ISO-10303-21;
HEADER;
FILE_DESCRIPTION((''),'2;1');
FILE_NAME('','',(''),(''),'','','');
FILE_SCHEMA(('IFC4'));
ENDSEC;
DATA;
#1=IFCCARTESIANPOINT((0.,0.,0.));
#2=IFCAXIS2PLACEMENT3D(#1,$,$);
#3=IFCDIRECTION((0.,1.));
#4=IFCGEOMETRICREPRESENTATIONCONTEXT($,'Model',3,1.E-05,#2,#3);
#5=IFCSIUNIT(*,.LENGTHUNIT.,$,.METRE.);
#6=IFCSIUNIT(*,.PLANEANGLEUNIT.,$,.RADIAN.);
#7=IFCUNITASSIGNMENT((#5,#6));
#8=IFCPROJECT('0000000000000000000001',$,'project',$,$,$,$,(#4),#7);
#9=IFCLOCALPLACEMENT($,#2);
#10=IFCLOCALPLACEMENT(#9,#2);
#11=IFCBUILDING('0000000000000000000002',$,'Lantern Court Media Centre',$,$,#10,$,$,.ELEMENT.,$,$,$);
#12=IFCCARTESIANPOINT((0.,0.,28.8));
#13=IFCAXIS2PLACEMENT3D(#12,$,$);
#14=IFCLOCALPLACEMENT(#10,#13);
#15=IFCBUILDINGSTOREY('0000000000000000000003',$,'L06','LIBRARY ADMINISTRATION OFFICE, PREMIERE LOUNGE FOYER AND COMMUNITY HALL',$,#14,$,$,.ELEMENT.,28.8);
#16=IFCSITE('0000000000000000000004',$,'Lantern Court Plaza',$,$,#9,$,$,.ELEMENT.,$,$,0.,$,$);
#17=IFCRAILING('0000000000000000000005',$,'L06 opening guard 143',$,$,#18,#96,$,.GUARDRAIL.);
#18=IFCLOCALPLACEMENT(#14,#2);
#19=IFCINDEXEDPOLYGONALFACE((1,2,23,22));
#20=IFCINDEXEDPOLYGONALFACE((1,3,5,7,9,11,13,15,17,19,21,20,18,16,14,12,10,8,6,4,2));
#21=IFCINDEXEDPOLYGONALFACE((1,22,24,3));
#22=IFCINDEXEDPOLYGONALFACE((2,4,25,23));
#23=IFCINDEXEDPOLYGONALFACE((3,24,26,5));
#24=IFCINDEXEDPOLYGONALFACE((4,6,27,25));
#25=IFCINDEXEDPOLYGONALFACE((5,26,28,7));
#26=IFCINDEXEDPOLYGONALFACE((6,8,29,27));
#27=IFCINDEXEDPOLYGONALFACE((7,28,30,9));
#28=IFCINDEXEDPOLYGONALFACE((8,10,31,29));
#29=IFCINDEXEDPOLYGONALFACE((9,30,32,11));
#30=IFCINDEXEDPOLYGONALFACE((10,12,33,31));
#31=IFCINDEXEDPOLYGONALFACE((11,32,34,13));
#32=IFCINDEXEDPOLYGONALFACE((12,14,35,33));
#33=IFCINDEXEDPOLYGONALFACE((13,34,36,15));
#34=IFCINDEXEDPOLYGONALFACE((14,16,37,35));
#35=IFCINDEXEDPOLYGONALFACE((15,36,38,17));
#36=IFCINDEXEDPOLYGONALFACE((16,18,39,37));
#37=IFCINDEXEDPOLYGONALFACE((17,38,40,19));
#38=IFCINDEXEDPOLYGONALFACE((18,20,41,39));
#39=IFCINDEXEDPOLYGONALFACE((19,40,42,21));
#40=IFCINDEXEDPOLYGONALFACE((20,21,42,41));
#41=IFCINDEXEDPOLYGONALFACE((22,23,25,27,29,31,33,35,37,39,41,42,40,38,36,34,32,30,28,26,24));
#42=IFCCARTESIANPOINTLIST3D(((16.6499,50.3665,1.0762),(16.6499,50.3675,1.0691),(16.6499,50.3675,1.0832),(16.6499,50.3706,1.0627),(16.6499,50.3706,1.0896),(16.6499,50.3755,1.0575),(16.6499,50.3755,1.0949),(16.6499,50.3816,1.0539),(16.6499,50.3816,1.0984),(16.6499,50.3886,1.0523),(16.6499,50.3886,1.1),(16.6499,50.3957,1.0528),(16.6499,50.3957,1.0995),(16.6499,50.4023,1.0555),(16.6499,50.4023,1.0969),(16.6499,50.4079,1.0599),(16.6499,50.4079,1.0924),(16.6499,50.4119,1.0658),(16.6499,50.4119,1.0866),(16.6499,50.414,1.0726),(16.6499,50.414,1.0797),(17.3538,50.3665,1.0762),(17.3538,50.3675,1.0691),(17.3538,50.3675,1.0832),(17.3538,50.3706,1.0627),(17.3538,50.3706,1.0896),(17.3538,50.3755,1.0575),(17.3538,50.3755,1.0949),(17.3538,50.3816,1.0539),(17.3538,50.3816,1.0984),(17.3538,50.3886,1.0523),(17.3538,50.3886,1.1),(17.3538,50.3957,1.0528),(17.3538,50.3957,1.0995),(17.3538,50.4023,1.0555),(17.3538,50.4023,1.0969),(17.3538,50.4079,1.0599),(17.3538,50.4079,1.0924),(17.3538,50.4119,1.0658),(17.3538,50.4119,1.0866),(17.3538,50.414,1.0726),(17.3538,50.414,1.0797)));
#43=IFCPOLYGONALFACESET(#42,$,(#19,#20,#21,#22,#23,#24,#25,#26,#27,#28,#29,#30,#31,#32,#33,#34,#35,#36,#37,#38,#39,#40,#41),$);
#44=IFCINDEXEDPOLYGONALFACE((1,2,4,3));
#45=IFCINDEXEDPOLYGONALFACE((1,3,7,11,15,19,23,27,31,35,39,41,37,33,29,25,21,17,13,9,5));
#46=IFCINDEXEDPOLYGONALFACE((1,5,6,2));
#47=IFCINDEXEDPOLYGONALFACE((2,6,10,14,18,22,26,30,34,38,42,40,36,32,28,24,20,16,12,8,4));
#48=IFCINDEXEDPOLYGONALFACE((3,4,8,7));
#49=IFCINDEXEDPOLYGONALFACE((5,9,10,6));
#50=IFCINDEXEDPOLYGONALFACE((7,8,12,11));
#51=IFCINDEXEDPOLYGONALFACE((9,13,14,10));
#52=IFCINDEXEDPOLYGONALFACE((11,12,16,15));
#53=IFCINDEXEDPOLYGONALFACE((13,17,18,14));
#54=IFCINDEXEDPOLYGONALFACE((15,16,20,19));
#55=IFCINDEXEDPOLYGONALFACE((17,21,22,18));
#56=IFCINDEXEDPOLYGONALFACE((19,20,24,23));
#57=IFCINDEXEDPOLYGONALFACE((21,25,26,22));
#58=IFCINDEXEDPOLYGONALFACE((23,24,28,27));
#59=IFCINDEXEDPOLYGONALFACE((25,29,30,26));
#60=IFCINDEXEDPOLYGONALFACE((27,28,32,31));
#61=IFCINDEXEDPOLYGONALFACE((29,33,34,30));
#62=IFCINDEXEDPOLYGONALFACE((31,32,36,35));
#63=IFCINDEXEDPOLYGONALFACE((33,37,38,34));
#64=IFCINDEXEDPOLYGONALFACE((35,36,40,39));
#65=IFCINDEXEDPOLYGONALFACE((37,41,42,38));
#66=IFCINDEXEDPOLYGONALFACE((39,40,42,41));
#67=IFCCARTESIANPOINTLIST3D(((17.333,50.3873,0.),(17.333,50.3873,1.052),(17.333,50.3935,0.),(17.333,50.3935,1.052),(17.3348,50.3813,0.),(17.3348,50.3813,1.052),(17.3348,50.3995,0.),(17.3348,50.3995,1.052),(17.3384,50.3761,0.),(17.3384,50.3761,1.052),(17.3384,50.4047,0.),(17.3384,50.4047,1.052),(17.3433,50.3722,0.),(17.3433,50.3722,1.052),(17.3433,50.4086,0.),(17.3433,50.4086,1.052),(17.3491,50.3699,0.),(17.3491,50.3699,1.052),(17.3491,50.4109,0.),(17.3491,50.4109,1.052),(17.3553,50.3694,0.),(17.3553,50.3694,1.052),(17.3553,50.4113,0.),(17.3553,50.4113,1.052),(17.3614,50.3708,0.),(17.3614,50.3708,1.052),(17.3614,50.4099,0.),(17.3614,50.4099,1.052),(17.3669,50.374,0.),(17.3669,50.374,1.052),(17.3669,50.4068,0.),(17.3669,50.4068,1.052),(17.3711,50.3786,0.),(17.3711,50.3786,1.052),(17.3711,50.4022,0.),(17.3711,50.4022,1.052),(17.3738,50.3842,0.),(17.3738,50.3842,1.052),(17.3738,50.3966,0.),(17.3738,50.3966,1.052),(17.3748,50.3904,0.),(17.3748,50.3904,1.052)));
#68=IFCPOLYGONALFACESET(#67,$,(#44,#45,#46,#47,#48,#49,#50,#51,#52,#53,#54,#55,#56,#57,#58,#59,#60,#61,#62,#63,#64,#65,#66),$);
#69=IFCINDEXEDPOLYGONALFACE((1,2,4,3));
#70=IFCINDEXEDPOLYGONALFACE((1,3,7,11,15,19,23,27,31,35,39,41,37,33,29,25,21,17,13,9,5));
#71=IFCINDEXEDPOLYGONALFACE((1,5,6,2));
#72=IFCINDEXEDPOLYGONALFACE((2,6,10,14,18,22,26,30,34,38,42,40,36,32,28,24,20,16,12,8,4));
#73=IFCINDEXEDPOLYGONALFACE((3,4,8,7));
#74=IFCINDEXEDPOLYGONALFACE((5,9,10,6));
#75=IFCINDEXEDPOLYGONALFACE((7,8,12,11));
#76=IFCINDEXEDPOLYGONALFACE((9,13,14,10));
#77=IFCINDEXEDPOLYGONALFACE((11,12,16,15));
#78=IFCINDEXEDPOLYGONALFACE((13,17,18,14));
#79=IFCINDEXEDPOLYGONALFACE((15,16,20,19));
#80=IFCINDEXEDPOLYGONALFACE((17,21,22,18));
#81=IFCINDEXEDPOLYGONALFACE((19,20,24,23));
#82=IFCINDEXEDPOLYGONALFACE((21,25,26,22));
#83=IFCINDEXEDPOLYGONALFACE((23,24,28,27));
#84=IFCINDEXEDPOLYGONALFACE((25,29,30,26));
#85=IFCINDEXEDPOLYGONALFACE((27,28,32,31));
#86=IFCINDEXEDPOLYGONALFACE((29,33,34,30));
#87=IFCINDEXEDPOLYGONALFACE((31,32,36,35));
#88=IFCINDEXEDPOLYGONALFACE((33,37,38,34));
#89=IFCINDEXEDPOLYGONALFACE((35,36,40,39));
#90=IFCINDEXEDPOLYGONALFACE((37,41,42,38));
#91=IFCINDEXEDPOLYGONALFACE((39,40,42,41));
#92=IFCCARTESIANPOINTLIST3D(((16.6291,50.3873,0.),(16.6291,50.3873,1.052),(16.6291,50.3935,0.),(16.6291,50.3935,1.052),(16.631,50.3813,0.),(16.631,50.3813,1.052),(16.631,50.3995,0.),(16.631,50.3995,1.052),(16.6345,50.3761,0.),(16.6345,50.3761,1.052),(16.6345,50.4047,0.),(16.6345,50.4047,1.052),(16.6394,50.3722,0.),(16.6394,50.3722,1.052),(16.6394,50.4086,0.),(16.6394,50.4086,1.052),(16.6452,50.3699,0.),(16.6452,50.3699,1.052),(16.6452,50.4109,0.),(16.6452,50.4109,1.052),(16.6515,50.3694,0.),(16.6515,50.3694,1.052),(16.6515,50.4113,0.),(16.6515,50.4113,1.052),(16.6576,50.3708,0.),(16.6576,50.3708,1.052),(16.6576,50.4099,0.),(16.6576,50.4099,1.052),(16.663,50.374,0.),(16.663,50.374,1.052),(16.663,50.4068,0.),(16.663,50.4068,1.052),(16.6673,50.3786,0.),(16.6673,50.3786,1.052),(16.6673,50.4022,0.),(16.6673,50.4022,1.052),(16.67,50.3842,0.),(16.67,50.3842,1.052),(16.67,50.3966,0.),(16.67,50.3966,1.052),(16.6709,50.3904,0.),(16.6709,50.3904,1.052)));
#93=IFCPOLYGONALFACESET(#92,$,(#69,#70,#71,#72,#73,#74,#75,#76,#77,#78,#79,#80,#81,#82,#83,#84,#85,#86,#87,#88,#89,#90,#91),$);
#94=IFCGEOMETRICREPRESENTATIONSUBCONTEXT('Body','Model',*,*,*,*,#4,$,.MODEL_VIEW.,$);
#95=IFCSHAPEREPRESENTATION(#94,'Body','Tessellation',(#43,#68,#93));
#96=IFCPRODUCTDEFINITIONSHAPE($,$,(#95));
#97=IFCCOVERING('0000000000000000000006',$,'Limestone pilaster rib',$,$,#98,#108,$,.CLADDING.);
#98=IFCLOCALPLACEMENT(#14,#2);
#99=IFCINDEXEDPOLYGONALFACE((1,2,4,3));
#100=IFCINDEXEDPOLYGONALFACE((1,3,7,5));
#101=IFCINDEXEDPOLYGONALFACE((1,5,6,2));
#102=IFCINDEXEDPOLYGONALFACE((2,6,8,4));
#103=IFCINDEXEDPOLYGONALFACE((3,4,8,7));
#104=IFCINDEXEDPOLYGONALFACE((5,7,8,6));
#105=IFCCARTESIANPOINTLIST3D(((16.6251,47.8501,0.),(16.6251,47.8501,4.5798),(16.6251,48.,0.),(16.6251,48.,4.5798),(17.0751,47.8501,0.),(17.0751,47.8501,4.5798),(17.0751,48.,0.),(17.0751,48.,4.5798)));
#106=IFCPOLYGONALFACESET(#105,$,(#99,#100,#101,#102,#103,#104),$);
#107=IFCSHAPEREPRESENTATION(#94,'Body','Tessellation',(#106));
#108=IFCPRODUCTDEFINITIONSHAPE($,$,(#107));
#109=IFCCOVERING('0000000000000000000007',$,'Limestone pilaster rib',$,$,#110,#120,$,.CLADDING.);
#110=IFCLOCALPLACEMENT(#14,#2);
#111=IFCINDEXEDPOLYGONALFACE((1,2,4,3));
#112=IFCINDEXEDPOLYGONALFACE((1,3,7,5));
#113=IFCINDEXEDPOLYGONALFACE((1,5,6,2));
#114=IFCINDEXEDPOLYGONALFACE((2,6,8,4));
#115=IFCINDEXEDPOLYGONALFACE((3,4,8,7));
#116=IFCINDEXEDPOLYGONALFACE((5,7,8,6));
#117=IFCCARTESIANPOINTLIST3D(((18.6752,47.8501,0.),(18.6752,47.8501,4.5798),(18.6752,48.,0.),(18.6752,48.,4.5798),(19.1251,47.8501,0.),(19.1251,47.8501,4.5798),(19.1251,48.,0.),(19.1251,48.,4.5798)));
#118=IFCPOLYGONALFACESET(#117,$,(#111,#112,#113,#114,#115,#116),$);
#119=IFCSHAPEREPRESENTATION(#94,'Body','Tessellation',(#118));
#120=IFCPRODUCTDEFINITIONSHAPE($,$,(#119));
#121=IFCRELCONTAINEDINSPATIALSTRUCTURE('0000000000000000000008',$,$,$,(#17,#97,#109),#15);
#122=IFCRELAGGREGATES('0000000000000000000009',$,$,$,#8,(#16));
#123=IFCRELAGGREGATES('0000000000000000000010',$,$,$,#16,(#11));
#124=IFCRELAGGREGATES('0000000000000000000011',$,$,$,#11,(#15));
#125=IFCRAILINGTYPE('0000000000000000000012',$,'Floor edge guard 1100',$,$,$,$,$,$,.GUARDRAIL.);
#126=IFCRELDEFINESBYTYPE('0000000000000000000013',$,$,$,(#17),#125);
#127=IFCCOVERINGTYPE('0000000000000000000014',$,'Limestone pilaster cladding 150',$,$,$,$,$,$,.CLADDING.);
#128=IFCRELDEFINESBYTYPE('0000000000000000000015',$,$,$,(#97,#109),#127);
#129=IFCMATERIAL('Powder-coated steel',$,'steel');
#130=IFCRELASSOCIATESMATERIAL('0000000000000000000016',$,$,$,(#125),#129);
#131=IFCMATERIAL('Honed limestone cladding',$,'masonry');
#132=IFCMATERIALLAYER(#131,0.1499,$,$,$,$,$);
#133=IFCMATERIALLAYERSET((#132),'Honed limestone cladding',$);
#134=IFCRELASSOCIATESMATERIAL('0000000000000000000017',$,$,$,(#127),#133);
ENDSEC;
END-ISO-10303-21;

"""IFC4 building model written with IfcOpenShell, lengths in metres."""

from ifc_helpers import new_model, si_unit, direction, frame, frame_2d, origin, origin_2d, place, context, subcontext, project, spatial, rectangle, circle, extrude, material, layer, layer_set, type_object, element, save


model = new_model("IFC4")

# Units and contexts
model_context = context("Model", 3, precision=1e-05, world=origin(), true_north=direction((0.0, 1.0)))
body_context = subcontext(model_context, "Body", "Model", "MODEL_VIEW")
ifc_project = project(units=[si_unit("LENGTHUNIT", "METRE"), si_unit("PLANEANGLEUNIT", "RADIAN")], contexts=[model_context])

# Site, building, storey
site_placement = place(None, origin())
site = spatial("IfcSite", under=ifc_project, at=site_placement, Name="Lantern Court Plaza", CompositionType="ELEMENT", RefElevation=0.0)
building_placement = place(site_placement, origin())
building = spatial("IfcBuilding", under=site, at=building_placement, Name="Lantern Court Media Centre", CompositionType="ELEMENT")
storey_placement = place(building_placement, frame((0.0, 0.0, 28.8)))
storey = spatial("IfcBuildingStorey", under=building, at=storey_placement, Name="L06", Description="LIBRARY ADMINISTRATION OFFICE, PREMIERE LOUNGE FOYER AND COMMUNITY HALL", CompositionType="ELEMENT", Elevation=28.8)

# Railing
ifc_material_1 = material(Name="Powder-coated steel", Category="steel")
railing_type_1 = type_object("IfcRailingType", Name="Floor edge guard 1100", PredefinedType="GUARDRAIL", material=ifc_material_1)
railing_1_placement = place(storey_placement, frame((17.3538, 50.3904, 0.0)))
element("IfcRailing", 1, at=railing_1_placement, inside=storey, type_object=railing_type_1, Name="L06 opening guard 143", PredefinedType="GUARDRAIL", context=body_context, shape_type="SweptSolid", body=[
    extrude(circle(Radius=0.0239, at=origin_2d()), frame((0.0, 0.0, 1.0762), z_axis=(-1.0, 0.0, 0.0), x_axis=(0.0, -1.0, 0.0)), (0.0, 0.0, 1.0), 0.7039),
    extrude(circle(Radius=0.021, at=origin_2d()), origin(), (0.0, 0.0, 1.0), 1.052),
    extrude(circle(Radius=0.021, at=origin_2d()), frame((-0.7039, 0.0, 0.0)), (0.0, 0.0, 1.0), 1.052),
])

# Coverings
ifc_material_2 = material(Name="Honed limestone cladding", Category="masonry")
ifc_layer_1 = layer(ifc_material_2, 0.1499)
ifc_layer_set_1 = layer_set([ifc_layer_1], Name="Honed limestone cladding")
covering_type = type_object("IfcCoveringType", Name="Limestone pilaster cladding 150", PredefinedType="CLADDING", material=ifc_layer_set_1)
for number, where, z_axis, x_axis, name in (
    (2, (16.625, 47.925, 0.0), (0.0, 0.0, 1.0), (1.0, 0.0, 0.0), "Limestone pilaster rib"),
    (3, (18.675, 47.925, 0.0), (0.0, 0.0, 1.0), (1.0, 0.0, 0.0), "Limestone pilaster rib"),
):
    element("IfcCovering", number, at=place(storey_placement, frame(where, z_axis=z_axis, x_axis=x_axis)), inside=storey, type_object=covering_type, Name=name, PredefinedType="CLADDING", context=body_context, shape_type="SweptSolid", body=[
        extrude(rectangle(XDim=0.45, YDim=0.1499, at=frame_2d((0.2251, 0.0))), origin(), (0.0, 0.0, 1.0), 4.5798),
    ])

save(model, "model.ifc")
